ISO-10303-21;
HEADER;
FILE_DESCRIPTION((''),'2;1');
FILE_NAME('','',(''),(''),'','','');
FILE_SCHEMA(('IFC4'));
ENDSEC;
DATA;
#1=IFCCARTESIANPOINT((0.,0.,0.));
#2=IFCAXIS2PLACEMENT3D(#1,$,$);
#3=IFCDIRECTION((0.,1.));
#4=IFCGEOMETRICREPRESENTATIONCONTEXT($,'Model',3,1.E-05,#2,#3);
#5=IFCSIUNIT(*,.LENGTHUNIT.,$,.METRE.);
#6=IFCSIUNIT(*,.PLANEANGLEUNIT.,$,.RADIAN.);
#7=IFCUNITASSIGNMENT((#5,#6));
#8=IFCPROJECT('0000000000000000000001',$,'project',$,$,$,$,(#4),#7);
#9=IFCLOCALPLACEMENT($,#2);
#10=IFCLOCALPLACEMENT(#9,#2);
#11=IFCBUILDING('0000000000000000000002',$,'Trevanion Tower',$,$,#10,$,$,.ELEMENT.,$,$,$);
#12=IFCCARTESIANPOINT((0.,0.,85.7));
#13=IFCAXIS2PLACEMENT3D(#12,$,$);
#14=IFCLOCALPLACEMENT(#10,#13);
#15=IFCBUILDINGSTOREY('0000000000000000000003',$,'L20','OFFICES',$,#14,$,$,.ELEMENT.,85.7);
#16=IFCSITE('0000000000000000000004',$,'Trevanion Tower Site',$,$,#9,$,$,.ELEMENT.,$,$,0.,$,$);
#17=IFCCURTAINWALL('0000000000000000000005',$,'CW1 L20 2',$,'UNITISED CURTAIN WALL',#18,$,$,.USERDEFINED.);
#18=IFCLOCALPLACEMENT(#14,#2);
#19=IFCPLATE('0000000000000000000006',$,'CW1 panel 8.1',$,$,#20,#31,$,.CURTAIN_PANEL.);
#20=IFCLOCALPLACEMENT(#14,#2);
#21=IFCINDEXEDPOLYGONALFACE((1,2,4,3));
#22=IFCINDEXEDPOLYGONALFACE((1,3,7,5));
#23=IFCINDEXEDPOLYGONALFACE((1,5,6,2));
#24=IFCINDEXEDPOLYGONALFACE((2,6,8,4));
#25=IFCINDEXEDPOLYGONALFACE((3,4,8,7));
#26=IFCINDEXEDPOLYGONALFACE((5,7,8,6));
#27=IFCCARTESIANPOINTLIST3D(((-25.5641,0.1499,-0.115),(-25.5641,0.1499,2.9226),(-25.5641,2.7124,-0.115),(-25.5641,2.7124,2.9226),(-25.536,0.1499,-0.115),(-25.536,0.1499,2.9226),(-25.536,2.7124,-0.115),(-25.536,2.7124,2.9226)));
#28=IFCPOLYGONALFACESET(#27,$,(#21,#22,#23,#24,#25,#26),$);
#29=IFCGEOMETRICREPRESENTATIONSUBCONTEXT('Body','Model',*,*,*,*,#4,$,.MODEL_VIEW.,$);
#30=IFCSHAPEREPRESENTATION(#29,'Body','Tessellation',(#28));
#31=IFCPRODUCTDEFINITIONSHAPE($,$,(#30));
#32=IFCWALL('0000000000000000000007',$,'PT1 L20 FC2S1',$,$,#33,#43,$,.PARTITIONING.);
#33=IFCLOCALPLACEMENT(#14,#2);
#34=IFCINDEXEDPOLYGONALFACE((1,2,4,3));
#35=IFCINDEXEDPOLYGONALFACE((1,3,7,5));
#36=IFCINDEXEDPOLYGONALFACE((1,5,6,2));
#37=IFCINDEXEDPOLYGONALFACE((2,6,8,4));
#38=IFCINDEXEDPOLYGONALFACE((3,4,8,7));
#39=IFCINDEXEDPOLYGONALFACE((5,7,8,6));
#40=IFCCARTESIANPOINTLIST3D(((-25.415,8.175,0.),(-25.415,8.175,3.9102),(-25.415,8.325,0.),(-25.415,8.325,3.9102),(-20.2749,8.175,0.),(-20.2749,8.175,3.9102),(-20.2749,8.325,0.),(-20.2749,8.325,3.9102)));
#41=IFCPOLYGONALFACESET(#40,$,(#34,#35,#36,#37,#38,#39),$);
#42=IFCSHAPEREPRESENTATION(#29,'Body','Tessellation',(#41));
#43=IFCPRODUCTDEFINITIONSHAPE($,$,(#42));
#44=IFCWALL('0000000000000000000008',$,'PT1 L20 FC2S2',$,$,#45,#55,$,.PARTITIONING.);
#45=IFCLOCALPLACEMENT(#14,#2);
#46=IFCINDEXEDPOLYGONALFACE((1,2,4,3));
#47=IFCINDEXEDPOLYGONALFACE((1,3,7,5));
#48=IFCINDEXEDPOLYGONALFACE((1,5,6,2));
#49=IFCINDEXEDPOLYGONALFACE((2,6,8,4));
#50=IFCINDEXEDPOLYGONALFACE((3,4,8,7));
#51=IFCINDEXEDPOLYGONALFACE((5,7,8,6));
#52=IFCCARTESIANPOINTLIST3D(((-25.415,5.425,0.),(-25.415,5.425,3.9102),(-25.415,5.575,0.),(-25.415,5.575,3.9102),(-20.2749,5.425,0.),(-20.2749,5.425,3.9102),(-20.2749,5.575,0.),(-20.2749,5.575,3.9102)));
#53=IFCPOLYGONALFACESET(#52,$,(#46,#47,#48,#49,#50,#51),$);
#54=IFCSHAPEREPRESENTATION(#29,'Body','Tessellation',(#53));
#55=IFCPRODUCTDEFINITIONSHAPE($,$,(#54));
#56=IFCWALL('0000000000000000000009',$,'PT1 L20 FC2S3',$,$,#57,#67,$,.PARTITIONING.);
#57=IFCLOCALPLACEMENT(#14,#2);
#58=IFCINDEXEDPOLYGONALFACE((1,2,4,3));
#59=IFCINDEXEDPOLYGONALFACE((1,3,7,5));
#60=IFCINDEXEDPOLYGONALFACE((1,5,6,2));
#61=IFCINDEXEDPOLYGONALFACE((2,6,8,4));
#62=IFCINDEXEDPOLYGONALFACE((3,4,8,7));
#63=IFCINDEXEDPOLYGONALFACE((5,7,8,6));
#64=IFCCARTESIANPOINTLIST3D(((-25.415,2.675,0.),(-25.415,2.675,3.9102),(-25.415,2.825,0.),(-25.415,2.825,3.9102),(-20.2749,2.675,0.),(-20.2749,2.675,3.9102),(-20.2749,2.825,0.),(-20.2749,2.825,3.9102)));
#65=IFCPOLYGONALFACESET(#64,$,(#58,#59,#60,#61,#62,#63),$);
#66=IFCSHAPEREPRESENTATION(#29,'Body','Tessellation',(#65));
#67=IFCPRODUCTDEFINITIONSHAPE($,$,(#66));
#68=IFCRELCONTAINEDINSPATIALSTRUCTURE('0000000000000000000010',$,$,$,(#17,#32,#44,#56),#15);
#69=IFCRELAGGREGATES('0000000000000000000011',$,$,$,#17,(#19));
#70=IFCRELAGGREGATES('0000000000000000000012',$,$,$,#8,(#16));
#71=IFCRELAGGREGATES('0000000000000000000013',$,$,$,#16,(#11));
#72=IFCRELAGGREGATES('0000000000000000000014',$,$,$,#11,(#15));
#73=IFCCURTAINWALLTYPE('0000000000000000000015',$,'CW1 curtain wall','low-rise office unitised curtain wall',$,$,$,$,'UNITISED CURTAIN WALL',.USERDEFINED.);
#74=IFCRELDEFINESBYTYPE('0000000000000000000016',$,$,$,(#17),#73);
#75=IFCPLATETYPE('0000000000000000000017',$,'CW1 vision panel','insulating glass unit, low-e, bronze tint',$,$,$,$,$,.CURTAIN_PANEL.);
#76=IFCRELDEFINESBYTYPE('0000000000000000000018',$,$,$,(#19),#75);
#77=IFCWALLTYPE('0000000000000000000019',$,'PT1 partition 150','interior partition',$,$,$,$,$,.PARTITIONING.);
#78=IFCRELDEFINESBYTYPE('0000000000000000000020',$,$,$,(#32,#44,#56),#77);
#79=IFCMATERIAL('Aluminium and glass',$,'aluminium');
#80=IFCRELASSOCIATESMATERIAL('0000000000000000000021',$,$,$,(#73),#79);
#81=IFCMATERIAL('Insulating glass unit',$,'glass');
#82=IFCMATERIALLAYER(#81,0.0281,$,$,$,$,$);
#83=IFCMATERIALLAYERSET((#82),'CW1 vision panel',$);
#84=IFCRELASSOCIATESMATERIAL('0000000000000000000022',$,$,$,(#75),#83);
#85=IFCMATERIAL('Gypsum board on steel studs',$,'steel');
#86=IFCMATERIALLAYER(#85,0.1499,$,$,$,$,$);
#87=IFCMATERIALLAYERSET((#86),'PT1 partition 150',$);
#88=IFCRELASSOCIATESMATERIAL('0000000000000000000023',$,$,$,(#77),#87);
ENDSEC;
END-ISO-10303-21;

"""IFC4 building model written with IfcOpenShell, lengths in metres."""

from ifc_helpers import new_model, si_unit, direction, frame, frame_2d, origin, origin_2d, place, context, subcontext, project, spatial, rectangle, extrude, material, layer, layer_set, type_object, element, aggregate, save


model = new_model("IFC4")

# Units and contexts
model_context = context("Model", 3, precision=1e-05, world=origin(), true_north=direction((0.0, 1.0)))
body_context = subcontext(model_context, "Body", "Model", "MODEL_VIEW")
ifc_project = project(units=[si_unit("LENGTHUNIT", "METRE"), si_unit("PLANEANGLEUNIT", "RADIAN")], contexts=[model_context])

# Site, building, storey
site_placement = place(None, origin())
site = spatial("IfcSite", under=ifc_project, at=site_placement, Name="Trevanion Tower Site", CompositionType="ELEMENT", RefElevation=0.0)
building_placement = place(site_placement, origin())
building = spatial("IfcBuilding", under=site, at=building_placement, Name="Trevanion Tower", CompositionType="ELEMENT")
storey_placement = place(building_placement, frame((0.0, 0.0, 85.7)))
storey = spatial("IfcBuildingStorey", under=building, at=storey_placement, Name="L20", Description="OFFICES", CompositionType="ELEMENT", Elevation=85.7)

# Curtain wall, plate
ifc_material_1 = material(Name="Aluminium and glass", Category="aluminium")
curtain_wall_type = type_object("IfcCurtainWallType", Name="CW1 curtain wall", Description="low-rise office unitised curtain wall", ElementType="UNITISED CURTAIN WALL", PredefinedType="USERDEFINED", material=ifc_material_1)
curtain_wall_placement = place(storey_placement, origin())
curtain_wall = element("IfcCurtainWall", 1, at=curtain_wall_placement, inside=storey, type_object=curtain_wall_type, Name="CW1 L20 2", ObjectType="UNITISED CURTAIN WALL", PredefinedType="USERDEFINED")
ifc_material_2 = material(Name="Insulating glass unit", Category="glass")
ifc_layer_1 = layer(ifc_material_2, 0.0281)
ifc_layer_set_1 = layer_set([ifc_layer_1], Name="CW1 vision panel")
plate_type_1 = type_object("IfcPlateType", Name="CW1 vision panel", Description="insulating glass unit, low-e, bronze tint", PredefinedType="CURTAIN_PANEL", material=ifc_layer_set_1)
plate_1_placement = place(storey_placement, frame((-25.55, 1.4312, -0.115), z_axis=(0.0, 0.0, 1.0), x_axis=(0.0, -1.0, 0.0)))
plate_1 = element("IfcPlate", 2, at=plate_1_placement, type_object=plate_type_1, Name="CW1 panel 8.1", PredefinedType="CURTAIN_PANEL", context=body_context, shape_type="SweptSolid", body=[
    extrude(rectangle(XDim=2.5625, YDim=0.0281, at=origin_2d()), origin(), (0.0, 0.0, 1.0), 3.0376),
])
aggregate(curtain_wall, [plate_1])

# Walls
ifc_material_3 = material(Name="Gypsum board on steel studs", Category="steel")
ifc_layer_2 = layer(ifc_material_3, 0.1499)
ifc_layer_set_2 = layer_set([ifc_layer_2], Name="PT1 partition 150")
wall_type = type_object("IfcWallType", Name="PT1 partition 150", Description="interior partition", PredefinedType="PARTITIONING", material=ifc_layer_set_2)
for number, where, z_axis, x_axis, name in (
    (3, (-20.2749, 8.25, 0.0), (0.0, 0.0, 1.0), (-1.0, 0.0, 0.0), "PT1 L20 FC2S1"),
    (4, (-20.2749, 5.5, 0.0), (0.0, 0.0, 1.0), (-1.0, 0.0, 0.0), "PT1 L20 FC2S2"),
    (5, (-20.2749, 2.75, 0.0), (0.0, 0.0, 1.0), (-1.0, 0.0, 0.0), "PT1 L20 FC2S3"),
):
    element("IfcWall", number, at=place(storey_placement, frame(where, z_axis=z_axis, x_axis=x_axis)), inside=storey, type_object=wall_type, Name=name, PredefinedType="PARTITIONING", context=body_context, shape_type="SweptSolid", body=[
        extrude(rectangle(XDim=5.1401, YDim=0.1499, at=frame_2d((2.5701, 0.0))), origin(), (0.0, 0.0, 1.0), 3.9102),
    ])

save(model, "model.ifc")
